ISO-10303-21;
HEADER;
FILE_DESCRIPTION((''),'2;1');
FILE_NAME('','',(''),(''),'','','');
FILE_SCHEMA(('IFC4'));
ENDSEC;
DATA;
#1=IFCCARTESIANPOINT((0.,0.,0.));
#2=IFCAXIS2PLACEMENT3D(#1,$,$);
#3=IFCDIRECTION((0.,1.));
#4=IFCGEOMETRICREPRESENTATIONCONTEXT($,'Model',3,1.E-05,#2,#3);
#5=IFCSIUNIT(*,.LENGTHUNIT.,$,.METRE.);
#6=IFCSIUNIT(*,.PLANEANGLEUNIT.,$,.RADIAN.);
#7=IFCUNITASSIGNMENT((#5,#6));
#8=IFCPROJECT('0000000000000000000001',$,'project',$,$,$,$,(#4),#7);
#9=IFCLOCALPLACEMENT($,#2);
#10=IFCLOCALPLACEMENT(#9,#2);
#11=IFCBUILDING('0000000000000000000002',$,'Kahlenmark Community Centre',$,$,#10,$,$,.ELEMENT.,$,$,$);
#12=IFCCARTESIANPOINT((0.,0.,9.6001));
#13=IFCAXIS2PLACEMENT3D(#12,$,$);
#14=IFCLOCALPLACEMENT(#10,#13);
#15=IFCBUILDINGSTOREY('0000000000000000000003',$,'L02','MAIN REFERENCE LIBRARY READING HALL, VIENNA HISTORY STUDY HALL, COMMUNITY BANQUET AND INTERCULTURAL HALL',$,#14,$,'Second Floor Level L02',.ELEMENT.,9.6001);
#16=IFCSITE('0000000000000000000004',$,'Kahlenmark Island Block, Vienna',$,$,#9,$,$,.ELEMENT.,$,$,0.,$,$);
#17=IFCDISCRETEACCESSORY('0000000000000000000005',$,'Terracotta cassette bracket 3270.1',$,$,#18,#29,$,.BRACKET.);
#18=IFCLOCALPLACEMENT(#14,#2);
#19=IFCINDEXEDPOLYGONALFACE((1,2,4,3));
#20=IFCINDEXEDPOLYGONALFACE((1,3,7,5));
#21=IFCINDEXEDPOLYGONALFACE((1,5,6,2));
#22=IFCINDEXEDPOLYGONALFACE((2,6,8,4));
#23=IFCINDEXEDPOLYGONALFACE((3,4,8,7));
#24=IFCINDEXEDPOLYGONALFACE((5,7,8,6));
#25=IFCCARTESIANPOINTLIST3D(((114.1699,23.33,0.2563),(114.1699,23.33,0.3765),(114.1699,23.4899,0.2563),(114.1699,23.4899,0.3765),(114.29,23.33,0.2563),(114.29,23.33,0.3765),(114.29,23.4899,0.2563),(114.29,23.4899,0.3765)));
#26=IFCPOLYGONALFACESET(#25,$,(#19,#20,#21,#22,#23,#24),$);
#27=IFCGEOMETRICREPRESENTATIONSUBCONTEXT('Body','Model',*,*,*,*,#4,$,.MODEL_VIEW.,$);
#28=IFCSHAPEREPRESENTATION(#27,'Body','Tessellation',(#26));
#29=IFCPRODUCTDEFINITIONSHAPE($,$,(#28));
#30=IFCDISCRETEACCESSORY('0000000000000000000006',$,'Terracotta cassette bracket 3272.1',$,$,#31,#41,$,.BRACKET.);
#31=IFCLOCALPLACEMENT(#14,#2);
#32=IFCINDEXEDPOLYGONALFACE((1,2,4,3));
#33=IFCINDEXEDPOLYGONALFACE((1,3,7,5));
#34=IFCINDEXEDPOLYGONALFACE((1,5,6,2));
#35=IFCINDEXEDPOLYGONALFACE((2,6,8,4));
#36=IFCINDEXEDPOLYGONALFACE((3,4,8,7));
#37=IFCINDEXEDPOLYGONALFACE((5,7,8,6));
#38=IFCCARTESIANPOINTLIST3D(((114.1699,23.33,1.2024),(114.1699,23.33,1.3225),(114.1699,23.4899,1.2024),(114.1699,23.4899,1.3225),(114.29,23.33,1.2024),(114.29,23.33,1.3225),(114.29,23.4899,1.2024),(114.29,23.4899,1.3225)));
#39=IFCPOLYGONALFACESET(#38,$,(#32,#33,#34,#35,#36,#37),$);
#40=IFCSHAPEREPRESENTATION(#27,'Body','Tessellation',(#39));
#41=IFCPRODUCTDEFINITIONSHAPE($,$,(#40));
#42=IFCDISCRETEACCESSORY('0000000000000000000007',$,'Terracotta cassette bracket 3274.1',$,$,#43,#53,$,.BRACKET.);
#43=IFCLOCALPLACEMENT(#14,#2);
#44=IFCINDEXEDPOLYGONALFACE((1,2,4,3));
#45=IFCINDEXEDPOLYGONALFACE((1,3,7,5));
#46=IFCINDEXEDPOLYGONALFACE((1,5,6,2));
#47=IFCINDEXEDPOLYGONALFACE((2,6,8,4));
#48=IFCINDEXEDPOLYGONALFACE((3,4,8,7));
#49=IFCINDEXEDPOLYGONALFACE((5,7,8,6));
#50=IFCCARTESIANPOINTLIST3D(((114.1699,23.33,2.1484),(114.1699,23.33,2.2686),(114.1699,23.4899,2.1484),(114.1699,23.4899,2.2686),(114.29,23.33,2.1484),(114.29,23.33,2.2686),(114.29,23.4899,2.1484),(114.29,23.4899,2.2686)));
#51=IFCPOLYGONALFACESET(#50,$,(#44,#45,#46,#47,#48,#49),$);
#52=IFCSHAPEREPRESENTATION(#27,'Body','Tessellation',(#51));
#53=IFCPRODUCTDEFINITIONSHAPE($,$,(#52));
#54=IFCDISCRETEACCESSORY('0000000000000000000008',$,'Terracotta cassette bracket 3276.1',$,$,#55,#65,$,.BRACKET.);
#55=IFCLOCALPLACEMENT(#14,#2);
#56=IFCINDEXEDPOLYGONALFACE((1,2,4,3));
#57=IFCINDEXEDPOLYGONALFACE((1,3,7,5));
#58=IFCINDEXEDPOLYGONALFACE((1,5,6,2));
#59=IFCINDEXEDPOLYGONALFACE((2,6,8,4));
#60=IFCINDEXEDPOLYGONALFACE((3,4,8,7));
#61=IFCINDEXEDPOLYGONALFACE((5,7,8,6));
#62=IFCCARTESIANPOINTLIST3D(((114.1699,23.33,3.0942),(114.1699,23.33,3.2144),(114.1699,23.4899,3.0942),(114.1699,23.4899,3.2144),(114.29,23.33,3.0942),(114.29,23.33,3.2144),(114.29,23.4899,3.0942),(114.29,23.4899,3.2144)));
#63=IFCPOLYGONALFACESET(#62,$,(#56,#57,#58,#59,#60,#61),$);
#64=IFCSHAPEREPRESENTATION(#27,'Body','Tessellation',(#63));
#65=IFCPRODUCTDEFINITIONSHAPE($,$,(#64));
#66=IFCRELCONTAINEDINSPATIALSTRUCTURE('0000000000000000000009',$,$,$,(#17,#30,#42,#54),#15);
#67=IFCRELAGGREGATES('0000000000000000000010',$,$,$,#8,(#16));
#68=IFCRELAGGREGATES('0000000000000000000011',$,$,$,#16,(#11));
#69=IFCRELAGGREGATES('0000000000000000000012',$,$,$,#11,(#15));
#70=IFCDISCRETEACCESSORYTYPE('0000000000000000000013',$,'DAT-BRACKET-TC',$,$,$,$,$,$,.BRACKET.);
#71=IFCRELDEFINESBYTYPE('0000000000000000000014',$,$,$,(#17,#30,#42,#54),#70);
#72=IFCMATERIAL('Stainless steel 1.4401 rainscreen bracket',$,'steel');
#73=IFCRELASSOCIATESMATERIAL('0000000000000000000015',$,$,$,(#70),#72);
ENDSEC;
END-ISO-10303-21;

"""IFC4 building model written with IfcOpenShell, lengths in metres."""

from ifc_helpers import new_model, si_unit, direction, frame, origin, origin_2d, place, context, subcontext, project, spatial, rectangle, extrude, material, type_object, element, save


model = new_model("IFC4")

# Units and contexts
model_context = context("Model", 3, precision=1e-05, world=origin(), true_north=direction((0.0, 1.0)))
body_context = subcontext(model_context, "Body", "Model", "MODEL_VIEW")
ifc_project = project(units=[si_unit("LENGTHUNIT", "METRE"), si_unit("PLANEANGLEUNIT", "RADIAN")], contexts=[model_context])

# Site, building, storey
site_placement = place(None, origin())
site = spatial("IfcSite", under=ifc_project, at=site_placement, Name="Kahlenmark Island Block, Vienna", CompositionType="ELEMENT", RefElevation=0.0)
building_placement = place(site_placement, origin())
building = spatial("IfcBuilding", under=site, at=building_placement, Name="Kahlenmark Community Centre", CompositionType="ELEMENT")
storey_placement = place(building_placement, frame((0.0, 0.0, 9.6001)))
storey = spatial("IfcBuildingStorey", under=building, at=storey_placement, Name="L02", Description="MAIN REFERENCE LIBRARY READING HALL, VIENNA HISTORY STUDY HALL, COMMUNITY BANQUET AND INTERCULTURAL HALL", LongName="Second Floor Level L02", CompositionType="ELEMENT", Elevation=9.6001)

# Discrete accessories
ifc_material_1 = material(Name="Stainless steel 1.4401 rainscreen bracket", Category="steel")
discrete_accessory_type = type_object("IfcDiscreteAccessoryType", Name="DAT-BRACKET-TC", PredefinedType="BRACKET", material=ifc_material_1)
for number, where, z_axis, x_axis, name in (
    (1, (114.23, 23.4099, 0.2563), (0.0, 0.0, 1.0), (-1.0, 0.0, 0.0), "Terracotta cassette bracket 3270.1"),
    (2, (114.23, 23.4099, 1.2024), (0.0, 0.0, 1.0), (-1.0, 0.0, 0.0), "Terracotta cassette bracket 3272.1"),
    (3, (114.23, 23.4099, 2.1484), (0.0, 0.0, 1.0), (-1.0, 0.0, 0.0), "Terracotta cassette bracket 3274.1"),
    (4, (114.23, 23.4099, 3.0942), (0.0, 0.0, 1.0), (-1.0, 0.0, 0.0), "Terracotta cassette bracket 3276.1"),
):
    element("IfcDiscreteAccessory", number, at=place(storey_placement, frame(where, z_axis=z_axis, x_axis=x_axis)), inside=storey, type_object=discrete_accessory_type, Name=name, PredefinedType="BRACKET", context=body_context, shape_type="SweptSolid", body=[
        extrude(rectangle(XDim=0.1201, YDim=0.1599, at=origin_2d()), origin(), (0.0, 0.0, 1.0), 0.1201),
    ])

save(model, "model.ifc")
